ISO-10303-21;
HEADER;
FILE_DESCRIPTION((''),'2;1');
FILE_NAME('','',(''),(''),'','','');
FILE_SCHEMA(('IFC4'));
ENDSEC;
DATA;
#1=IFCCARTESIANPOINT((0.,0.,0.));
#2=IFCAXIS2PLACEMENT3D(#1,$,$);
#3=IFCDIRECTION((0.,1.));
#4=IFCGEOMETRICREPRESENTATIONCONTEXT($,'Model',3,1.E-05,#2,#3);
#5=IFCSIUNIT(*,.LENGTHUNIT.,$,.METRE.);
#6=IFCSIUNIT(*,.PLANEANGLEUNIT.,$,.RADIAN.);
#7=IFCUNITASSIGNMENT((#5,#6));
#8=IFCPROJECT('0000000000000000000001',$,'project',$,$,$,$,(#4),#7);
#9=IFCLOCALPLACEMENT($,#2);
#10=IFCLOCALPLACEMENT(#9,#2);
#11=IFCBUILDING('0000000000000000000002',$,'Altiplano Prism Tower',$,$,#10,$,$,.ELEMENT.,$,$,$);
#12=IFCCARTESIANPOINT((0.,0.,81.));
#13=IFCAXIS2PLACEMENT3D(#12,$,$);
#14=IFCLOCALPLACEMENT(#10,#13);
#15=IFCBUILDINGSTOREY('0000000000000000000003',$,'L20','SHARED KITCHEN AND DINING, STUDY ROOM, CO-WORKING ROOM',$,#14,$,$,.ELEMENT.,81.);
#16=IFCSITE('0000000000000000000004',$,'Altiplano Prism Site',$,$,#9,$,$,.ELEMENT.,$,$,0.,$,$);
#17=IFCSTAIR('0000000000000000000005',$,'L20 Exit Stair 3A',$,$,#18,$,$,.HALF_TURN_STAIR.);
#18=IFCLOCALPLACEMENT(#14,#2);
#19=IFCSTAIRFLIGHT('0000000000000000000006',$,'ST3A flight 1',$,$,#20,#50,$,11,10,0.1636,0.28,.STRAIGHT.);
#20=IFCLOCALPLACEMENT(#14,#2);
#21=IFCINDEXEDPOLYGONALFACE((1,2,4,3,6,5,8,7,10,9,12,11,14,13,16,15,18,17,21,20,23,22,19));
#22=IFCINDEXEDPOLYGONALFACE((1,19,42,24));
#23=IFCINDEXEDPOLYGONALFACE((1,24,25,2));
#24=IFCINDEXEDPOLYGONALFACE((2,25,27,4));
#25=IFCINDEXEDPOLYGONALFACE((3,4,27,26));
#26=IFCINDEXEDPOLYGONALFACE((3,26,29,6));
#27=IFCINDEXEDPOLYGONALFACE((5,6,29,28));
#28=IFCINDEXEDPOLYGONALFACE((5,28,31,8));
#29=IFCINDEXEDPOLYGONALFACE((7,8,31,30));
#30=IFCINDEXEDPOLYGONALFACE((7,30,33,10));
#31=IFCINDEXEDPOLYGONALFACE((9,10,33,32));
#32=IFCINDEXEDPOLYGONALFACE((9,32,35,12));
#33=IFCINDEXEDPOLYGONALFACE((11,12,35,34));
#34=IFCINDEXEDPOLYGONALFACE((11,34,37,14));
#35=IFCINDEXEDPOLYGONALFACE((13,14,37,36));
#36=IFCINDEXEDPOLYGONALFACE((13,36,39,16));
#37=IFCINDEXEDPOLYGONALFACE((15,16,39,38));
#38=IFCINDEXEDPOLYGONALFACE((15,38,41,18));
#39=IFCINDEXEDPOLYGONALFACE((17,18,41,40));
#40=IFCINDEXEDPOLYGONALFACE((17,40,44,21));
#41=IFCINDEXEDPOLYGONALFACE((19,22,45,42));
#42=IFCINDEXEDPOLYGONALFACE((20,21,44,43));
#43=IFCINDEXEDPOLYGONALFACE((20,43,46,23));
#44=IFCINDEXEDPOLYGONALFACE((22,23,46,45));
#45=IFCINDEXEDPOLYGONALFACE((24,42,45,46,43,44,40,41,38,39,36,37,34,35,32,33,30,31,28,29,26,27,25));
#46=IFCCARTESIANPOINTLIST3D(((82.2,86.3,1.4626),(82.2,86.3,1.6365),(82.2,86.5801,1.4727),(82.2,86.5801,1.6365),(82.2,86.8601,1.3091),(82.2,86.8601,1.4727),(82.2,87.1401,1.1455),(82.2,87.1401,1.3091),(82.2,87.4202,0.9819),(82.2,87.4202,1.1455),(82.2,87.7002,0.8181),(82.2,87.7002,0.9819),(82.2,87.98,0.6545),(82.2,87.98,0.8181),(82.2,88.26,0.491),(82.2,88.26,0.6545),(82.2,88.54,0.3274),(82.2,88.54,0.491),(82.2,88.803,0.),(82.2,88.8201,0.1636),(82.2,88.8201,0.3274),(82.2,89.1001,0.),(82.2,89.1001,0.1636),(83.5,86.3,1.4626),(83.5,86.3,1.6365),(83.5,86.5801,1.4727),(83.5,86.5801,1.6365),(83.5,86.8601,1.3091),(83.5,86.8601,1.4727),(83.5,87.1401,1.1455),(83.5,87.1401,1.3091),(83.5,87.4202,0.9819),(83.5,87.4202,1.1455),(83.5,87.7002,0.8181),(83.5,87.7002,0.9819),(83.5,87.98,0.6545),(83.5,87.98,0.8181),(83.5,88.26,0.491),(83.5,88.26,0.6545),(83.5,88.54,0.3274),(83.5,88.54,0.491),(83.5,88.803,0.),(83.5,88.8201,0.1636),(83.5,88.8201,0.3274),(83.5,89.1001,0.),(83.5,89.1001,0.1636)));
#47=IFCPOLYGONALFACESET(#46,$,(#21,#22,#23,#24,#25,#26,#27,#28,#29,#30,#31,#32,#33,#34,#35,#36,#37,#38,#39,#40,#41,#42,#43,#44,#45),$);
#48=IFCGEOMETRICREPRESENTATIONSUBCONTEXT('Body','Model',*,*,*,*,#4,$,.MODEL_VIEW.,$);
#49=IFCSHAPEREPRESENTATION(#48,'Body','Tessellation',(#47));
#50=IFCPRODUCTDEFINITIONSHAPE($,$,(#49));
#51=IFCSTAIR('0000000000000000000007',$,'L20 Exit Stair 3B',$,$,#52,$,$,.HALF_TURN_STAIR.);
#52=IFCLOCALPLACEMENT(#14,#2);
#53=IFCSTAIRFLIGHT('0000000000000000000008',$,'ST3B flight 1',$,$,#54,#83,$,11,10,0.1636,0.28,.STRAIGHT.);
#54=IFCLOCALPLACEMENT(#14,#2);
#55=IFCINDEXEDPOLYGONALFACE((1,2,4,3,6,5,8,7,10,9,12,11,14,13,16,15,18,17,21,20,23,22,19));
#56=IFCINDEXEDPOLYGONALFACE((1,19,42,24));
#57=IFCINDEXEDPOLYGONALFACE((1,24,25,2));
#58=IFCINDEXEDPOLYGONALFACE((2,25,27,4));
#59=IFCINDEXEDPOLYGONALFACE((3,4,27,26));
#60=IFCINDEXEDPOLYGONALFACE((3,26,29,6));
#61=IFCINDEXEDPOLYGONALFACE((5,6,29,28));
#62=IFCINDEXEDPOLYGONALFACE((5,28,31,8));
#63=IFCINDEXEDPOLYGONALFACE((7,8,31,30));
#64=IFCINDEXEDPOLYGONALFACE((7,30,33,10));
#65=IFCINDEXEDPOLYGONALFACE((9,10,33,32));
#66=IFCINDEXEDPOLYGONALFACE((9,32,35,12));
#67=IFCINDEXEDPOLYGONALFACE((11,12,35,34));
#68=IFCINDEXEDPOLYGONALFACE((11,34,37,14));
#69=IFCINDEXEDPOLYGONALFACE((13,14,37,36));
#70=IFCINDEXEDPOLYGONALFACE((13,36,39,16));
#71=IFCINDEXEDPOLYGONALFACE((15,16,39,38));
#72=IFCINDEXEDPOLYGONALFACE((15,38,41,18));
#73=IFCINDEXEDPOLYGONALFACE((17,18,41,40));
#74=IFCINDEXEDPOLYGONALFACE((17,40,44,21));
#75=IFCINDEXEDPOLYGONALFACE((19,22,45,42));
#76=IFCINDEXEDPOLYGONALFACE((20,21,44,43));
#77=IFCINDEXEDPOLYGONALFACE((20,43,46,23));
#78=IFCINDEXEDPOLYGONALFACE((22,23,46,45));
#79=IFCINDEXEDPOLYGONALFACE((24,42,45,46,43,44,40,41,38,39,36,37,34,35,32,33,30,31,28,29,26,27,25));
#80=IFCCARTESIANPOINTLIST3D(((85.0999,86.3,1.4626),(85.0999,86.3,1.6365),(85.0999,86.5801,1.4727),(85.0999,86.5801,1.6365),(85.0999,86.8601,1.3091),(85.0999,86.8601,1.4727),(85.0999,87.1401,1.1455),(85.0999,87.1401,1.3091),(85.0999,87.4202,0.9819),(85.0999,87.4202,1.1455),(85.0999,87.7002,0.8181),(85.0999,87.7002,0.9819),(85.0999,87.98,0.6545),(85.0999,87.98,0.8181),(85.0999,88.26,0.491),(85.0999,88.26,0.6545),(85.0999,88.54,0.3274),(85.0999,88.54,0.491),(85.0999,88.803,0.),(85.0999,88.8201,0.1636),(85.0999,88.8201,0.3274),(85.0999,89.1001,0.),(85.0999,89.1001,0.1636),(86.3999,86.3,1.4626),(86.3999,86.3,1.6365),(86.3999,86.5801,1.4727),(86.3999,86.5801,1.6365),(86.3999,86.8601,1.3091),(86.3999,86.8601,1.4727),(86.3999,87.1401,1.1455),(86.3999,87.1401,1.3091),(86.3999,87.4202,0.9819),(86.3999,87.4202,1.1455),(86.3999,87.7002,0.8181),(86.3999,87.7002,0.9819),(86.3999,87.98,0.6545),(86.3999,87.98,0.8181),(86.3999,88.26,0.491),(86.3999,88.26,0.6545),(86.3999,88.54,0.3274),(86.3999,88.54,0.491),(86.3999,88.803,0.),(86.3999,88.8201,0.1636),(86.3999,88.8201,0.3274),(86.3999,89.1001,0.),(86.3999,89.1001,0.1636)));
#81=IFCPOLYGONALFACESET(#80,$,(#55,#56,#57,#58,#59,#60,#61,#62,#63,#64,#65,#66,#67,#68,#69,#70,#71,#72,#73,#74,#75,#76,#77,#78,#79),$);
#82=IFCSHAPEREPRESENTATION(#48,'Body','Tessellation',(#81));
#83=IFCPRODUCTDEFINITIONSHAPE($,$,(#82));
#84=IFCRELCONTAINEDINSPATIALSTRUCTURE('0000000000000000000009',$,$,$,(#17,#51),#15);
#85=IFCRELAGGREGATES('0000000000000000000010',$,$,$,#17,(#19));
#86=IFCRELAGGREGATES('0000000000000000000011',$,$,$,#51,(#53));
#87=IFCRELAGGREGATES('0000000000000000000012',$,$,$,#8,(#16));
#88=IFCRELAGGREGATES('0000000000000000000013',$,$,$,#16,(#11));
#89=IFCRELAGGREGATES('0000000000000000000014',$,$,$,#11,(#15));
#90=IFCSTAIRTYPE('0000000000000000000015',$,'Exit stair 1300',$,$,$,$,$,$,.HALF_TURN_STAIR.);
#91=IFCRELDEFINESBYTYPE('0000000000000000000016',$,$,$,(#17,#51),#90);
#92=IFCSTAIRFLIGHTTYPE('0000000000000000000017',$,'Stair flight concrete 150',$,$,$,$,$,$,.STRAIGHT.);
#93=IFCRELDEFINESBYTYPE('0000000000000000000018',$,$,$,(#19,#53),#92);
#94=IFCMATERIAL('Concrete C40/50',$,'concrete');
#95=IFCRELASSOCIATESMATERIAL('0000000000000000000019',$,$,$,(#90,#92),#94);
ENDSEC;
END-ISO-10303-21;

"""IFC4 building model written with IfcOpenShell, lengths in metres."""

from ifc_helpers import new_model, si_unit, direction, frame, origin, place, context, subcontext, project, spatial, polyline, outline, extrude, material, type_object, element, aggregate, save


model = new_model("IFC4")

# Units and contexts
model_context = context("Model", 3, precision=1e-05, world=origin(), true_north=direction((0.0, 1.0)))
body_context = subcontext(model_context, "Body", "Model", "MODEL_VIEW")
ifc_project = project(units=[si_unit("LENGTHUNIT", "METRE"), si_unit("PLANEANGLEUNIT", "RADIAN")], contexts=[model_context])

# Site, building, storey
site_placement = place(None, origin())
site = spatial("IfcSite", under=ifc_project, at=site_placement, Name="Altiplano Prism Site", CompositionType="ELEMENT", RefElevation=0.0)
building_placement = place(site_placement, origin())
building = spatial("IfcBuilding", under=site, at=building_placement, Name="Altiplano Prism Tower", CompositionType="ELEMENT")
storey_placement = place(building_placement, frame((0.0, 0.0, 81.0)))
storey = spatial("IfcBuildingStorey", under=building, at=storey_placement, Name="L20", Description="SHARED KITCHEN AND DINING, STUDY ROOM, CO-WORKING ROOM", CompositionType="ELEMENT", Elevation=81.0)

# Stairs, stair flights
ifc_material_1 = material(Name="Concrete C40/50", Category="concrete")
stair_type = type_object("IfcStairType", Name="Exit stair 1300", PredefinedType="HALF_TURN_STAIR", material=ifc_material_1)
stair_1_placement = place(storey_placement, origin())
stair_1 = element("IfcStair", 1, at=stair_1_placement, inside=storey, type_object=stair_type, Name="L20 Exit Stair 3A", PredefinedType="HALF_TURN_STAIR")
stair_flight_type = type_object("IfcStairFlightType", Name="Stair flight concrete 150", PredefinedType="STRAIGHT", material=ifc_material_1)
stair_flight_1_placement = place(storey_placement, frame((82.8501, 89.1001, 0.0), z_axis=(0.0, 0.0, 1.0), x_axis=(0.0, -1.0, 0.0)))
stair_flight_1 = element("IfcStairFlight", 2, at=stair_flight_1_placement, type_object=stair_flight_type, Name="ST3A flight 1", NumberOfRisers=11, NumberOfTreads=10, PredefinedType="STRAIGHT", RiserHeight=0.1636, TreadLength=0.28, context=body_context, shape_type="SweptSolid", body=[
    extrude(outline(polyline([(0.0, 0.0), (0.0, 0.1636), (0.28, 0.1636), (0.28, 0.3274), (0.5601, 0.3274), (0.5601, 0.491), (0.8401, 0.491), (0.8401, 0.6545), (1.1201, 0.6545), (1.1201, 0.8181), (1.3999, 0.8181), (1.3999, 0.9819), (1.6799, 0.9819), (1.6799, 1.1455), (1.96, 1.1455), (1.96, 1.3091), (2.24, 1.3091), (2.24, 1.4727), (2.52, 1.4727), (2.52, 1.6365), (2.8, 1.6365), (2.8, 1.8), (2.8, 1.4626), (0.2971, 0.0), (0.0, 0.0)])), frame((0.0, 0.6499, 0.0), z_axis=(0.0, -1.0, 0.0), x_axis=(1.0, 0.0, 0.0)), (0.0, 0.0, 1.0), 1.3),
])
aggregate(stair_1, [stair_flight_1])
stair_2_placement = place(storey_placement, origin())
stair_2 = element("IfcStair", 3, at=stair_2_placement, inside=storey, type_object=stair_type, Name="L20 Exit Stair 3B", PredefinedType="HALF_TURN_STAIR")
stair_flight_2_placement = place(storey_placement, frame((85.75, 89.1001, 0.0), z_axis=(0.0, 0.0, 1.0), x_axis=(0.0, -1.0, 0.0)))
stair_flight_2 = element("IfcStairFlight", 4, at=stair_flight_2_placement, type_object=stair_flight_type, Name="ST3B flight 1", NumberOfRisers=11, NumberOfTreads=10, PredefinedType="STRAIGHT", RiserHeight=0.1636, TreadLength=0.28, context=body_context, shape_type="SweptSolid", body=[
    extrude(outline(polyline([(0.0, 0.0), (0.0, 0.1636), (0.28, 0.1636), (0.28, 0.3274), (0.5601, 0.3274), (0.5601, 0.491), (0.8401, 0.491), (0.8401, 0.6545), (1.1201, 0.6545), (1.1201, 0.8181), (1.3999, 0.8181), (1.3999, 0.9819), (1.6799, 0.9819), (1.6799, 1.1455), (1.96, 1.1455), (1.96, 1.3091), (2.24, 1.3091), (2.24, 1.4727), (2.52, 1.4727), (2.52, 1.6365), (2.8, 1.6365), (2.8, 1.8), (2.8, 1.4626), (0.2971, 0.0), (0.0, 0.0)])), frame((0.0, 0.6499, 0.0), z_axis=(0.0, -1.0, 0.0), x_axis=(1.0, 0.0, 0.0)), (0.0, 0.0, 1.0), 1.3),
])
aggregate(stair_2, [stair_flight_2])

save(model, "model.ifc")
